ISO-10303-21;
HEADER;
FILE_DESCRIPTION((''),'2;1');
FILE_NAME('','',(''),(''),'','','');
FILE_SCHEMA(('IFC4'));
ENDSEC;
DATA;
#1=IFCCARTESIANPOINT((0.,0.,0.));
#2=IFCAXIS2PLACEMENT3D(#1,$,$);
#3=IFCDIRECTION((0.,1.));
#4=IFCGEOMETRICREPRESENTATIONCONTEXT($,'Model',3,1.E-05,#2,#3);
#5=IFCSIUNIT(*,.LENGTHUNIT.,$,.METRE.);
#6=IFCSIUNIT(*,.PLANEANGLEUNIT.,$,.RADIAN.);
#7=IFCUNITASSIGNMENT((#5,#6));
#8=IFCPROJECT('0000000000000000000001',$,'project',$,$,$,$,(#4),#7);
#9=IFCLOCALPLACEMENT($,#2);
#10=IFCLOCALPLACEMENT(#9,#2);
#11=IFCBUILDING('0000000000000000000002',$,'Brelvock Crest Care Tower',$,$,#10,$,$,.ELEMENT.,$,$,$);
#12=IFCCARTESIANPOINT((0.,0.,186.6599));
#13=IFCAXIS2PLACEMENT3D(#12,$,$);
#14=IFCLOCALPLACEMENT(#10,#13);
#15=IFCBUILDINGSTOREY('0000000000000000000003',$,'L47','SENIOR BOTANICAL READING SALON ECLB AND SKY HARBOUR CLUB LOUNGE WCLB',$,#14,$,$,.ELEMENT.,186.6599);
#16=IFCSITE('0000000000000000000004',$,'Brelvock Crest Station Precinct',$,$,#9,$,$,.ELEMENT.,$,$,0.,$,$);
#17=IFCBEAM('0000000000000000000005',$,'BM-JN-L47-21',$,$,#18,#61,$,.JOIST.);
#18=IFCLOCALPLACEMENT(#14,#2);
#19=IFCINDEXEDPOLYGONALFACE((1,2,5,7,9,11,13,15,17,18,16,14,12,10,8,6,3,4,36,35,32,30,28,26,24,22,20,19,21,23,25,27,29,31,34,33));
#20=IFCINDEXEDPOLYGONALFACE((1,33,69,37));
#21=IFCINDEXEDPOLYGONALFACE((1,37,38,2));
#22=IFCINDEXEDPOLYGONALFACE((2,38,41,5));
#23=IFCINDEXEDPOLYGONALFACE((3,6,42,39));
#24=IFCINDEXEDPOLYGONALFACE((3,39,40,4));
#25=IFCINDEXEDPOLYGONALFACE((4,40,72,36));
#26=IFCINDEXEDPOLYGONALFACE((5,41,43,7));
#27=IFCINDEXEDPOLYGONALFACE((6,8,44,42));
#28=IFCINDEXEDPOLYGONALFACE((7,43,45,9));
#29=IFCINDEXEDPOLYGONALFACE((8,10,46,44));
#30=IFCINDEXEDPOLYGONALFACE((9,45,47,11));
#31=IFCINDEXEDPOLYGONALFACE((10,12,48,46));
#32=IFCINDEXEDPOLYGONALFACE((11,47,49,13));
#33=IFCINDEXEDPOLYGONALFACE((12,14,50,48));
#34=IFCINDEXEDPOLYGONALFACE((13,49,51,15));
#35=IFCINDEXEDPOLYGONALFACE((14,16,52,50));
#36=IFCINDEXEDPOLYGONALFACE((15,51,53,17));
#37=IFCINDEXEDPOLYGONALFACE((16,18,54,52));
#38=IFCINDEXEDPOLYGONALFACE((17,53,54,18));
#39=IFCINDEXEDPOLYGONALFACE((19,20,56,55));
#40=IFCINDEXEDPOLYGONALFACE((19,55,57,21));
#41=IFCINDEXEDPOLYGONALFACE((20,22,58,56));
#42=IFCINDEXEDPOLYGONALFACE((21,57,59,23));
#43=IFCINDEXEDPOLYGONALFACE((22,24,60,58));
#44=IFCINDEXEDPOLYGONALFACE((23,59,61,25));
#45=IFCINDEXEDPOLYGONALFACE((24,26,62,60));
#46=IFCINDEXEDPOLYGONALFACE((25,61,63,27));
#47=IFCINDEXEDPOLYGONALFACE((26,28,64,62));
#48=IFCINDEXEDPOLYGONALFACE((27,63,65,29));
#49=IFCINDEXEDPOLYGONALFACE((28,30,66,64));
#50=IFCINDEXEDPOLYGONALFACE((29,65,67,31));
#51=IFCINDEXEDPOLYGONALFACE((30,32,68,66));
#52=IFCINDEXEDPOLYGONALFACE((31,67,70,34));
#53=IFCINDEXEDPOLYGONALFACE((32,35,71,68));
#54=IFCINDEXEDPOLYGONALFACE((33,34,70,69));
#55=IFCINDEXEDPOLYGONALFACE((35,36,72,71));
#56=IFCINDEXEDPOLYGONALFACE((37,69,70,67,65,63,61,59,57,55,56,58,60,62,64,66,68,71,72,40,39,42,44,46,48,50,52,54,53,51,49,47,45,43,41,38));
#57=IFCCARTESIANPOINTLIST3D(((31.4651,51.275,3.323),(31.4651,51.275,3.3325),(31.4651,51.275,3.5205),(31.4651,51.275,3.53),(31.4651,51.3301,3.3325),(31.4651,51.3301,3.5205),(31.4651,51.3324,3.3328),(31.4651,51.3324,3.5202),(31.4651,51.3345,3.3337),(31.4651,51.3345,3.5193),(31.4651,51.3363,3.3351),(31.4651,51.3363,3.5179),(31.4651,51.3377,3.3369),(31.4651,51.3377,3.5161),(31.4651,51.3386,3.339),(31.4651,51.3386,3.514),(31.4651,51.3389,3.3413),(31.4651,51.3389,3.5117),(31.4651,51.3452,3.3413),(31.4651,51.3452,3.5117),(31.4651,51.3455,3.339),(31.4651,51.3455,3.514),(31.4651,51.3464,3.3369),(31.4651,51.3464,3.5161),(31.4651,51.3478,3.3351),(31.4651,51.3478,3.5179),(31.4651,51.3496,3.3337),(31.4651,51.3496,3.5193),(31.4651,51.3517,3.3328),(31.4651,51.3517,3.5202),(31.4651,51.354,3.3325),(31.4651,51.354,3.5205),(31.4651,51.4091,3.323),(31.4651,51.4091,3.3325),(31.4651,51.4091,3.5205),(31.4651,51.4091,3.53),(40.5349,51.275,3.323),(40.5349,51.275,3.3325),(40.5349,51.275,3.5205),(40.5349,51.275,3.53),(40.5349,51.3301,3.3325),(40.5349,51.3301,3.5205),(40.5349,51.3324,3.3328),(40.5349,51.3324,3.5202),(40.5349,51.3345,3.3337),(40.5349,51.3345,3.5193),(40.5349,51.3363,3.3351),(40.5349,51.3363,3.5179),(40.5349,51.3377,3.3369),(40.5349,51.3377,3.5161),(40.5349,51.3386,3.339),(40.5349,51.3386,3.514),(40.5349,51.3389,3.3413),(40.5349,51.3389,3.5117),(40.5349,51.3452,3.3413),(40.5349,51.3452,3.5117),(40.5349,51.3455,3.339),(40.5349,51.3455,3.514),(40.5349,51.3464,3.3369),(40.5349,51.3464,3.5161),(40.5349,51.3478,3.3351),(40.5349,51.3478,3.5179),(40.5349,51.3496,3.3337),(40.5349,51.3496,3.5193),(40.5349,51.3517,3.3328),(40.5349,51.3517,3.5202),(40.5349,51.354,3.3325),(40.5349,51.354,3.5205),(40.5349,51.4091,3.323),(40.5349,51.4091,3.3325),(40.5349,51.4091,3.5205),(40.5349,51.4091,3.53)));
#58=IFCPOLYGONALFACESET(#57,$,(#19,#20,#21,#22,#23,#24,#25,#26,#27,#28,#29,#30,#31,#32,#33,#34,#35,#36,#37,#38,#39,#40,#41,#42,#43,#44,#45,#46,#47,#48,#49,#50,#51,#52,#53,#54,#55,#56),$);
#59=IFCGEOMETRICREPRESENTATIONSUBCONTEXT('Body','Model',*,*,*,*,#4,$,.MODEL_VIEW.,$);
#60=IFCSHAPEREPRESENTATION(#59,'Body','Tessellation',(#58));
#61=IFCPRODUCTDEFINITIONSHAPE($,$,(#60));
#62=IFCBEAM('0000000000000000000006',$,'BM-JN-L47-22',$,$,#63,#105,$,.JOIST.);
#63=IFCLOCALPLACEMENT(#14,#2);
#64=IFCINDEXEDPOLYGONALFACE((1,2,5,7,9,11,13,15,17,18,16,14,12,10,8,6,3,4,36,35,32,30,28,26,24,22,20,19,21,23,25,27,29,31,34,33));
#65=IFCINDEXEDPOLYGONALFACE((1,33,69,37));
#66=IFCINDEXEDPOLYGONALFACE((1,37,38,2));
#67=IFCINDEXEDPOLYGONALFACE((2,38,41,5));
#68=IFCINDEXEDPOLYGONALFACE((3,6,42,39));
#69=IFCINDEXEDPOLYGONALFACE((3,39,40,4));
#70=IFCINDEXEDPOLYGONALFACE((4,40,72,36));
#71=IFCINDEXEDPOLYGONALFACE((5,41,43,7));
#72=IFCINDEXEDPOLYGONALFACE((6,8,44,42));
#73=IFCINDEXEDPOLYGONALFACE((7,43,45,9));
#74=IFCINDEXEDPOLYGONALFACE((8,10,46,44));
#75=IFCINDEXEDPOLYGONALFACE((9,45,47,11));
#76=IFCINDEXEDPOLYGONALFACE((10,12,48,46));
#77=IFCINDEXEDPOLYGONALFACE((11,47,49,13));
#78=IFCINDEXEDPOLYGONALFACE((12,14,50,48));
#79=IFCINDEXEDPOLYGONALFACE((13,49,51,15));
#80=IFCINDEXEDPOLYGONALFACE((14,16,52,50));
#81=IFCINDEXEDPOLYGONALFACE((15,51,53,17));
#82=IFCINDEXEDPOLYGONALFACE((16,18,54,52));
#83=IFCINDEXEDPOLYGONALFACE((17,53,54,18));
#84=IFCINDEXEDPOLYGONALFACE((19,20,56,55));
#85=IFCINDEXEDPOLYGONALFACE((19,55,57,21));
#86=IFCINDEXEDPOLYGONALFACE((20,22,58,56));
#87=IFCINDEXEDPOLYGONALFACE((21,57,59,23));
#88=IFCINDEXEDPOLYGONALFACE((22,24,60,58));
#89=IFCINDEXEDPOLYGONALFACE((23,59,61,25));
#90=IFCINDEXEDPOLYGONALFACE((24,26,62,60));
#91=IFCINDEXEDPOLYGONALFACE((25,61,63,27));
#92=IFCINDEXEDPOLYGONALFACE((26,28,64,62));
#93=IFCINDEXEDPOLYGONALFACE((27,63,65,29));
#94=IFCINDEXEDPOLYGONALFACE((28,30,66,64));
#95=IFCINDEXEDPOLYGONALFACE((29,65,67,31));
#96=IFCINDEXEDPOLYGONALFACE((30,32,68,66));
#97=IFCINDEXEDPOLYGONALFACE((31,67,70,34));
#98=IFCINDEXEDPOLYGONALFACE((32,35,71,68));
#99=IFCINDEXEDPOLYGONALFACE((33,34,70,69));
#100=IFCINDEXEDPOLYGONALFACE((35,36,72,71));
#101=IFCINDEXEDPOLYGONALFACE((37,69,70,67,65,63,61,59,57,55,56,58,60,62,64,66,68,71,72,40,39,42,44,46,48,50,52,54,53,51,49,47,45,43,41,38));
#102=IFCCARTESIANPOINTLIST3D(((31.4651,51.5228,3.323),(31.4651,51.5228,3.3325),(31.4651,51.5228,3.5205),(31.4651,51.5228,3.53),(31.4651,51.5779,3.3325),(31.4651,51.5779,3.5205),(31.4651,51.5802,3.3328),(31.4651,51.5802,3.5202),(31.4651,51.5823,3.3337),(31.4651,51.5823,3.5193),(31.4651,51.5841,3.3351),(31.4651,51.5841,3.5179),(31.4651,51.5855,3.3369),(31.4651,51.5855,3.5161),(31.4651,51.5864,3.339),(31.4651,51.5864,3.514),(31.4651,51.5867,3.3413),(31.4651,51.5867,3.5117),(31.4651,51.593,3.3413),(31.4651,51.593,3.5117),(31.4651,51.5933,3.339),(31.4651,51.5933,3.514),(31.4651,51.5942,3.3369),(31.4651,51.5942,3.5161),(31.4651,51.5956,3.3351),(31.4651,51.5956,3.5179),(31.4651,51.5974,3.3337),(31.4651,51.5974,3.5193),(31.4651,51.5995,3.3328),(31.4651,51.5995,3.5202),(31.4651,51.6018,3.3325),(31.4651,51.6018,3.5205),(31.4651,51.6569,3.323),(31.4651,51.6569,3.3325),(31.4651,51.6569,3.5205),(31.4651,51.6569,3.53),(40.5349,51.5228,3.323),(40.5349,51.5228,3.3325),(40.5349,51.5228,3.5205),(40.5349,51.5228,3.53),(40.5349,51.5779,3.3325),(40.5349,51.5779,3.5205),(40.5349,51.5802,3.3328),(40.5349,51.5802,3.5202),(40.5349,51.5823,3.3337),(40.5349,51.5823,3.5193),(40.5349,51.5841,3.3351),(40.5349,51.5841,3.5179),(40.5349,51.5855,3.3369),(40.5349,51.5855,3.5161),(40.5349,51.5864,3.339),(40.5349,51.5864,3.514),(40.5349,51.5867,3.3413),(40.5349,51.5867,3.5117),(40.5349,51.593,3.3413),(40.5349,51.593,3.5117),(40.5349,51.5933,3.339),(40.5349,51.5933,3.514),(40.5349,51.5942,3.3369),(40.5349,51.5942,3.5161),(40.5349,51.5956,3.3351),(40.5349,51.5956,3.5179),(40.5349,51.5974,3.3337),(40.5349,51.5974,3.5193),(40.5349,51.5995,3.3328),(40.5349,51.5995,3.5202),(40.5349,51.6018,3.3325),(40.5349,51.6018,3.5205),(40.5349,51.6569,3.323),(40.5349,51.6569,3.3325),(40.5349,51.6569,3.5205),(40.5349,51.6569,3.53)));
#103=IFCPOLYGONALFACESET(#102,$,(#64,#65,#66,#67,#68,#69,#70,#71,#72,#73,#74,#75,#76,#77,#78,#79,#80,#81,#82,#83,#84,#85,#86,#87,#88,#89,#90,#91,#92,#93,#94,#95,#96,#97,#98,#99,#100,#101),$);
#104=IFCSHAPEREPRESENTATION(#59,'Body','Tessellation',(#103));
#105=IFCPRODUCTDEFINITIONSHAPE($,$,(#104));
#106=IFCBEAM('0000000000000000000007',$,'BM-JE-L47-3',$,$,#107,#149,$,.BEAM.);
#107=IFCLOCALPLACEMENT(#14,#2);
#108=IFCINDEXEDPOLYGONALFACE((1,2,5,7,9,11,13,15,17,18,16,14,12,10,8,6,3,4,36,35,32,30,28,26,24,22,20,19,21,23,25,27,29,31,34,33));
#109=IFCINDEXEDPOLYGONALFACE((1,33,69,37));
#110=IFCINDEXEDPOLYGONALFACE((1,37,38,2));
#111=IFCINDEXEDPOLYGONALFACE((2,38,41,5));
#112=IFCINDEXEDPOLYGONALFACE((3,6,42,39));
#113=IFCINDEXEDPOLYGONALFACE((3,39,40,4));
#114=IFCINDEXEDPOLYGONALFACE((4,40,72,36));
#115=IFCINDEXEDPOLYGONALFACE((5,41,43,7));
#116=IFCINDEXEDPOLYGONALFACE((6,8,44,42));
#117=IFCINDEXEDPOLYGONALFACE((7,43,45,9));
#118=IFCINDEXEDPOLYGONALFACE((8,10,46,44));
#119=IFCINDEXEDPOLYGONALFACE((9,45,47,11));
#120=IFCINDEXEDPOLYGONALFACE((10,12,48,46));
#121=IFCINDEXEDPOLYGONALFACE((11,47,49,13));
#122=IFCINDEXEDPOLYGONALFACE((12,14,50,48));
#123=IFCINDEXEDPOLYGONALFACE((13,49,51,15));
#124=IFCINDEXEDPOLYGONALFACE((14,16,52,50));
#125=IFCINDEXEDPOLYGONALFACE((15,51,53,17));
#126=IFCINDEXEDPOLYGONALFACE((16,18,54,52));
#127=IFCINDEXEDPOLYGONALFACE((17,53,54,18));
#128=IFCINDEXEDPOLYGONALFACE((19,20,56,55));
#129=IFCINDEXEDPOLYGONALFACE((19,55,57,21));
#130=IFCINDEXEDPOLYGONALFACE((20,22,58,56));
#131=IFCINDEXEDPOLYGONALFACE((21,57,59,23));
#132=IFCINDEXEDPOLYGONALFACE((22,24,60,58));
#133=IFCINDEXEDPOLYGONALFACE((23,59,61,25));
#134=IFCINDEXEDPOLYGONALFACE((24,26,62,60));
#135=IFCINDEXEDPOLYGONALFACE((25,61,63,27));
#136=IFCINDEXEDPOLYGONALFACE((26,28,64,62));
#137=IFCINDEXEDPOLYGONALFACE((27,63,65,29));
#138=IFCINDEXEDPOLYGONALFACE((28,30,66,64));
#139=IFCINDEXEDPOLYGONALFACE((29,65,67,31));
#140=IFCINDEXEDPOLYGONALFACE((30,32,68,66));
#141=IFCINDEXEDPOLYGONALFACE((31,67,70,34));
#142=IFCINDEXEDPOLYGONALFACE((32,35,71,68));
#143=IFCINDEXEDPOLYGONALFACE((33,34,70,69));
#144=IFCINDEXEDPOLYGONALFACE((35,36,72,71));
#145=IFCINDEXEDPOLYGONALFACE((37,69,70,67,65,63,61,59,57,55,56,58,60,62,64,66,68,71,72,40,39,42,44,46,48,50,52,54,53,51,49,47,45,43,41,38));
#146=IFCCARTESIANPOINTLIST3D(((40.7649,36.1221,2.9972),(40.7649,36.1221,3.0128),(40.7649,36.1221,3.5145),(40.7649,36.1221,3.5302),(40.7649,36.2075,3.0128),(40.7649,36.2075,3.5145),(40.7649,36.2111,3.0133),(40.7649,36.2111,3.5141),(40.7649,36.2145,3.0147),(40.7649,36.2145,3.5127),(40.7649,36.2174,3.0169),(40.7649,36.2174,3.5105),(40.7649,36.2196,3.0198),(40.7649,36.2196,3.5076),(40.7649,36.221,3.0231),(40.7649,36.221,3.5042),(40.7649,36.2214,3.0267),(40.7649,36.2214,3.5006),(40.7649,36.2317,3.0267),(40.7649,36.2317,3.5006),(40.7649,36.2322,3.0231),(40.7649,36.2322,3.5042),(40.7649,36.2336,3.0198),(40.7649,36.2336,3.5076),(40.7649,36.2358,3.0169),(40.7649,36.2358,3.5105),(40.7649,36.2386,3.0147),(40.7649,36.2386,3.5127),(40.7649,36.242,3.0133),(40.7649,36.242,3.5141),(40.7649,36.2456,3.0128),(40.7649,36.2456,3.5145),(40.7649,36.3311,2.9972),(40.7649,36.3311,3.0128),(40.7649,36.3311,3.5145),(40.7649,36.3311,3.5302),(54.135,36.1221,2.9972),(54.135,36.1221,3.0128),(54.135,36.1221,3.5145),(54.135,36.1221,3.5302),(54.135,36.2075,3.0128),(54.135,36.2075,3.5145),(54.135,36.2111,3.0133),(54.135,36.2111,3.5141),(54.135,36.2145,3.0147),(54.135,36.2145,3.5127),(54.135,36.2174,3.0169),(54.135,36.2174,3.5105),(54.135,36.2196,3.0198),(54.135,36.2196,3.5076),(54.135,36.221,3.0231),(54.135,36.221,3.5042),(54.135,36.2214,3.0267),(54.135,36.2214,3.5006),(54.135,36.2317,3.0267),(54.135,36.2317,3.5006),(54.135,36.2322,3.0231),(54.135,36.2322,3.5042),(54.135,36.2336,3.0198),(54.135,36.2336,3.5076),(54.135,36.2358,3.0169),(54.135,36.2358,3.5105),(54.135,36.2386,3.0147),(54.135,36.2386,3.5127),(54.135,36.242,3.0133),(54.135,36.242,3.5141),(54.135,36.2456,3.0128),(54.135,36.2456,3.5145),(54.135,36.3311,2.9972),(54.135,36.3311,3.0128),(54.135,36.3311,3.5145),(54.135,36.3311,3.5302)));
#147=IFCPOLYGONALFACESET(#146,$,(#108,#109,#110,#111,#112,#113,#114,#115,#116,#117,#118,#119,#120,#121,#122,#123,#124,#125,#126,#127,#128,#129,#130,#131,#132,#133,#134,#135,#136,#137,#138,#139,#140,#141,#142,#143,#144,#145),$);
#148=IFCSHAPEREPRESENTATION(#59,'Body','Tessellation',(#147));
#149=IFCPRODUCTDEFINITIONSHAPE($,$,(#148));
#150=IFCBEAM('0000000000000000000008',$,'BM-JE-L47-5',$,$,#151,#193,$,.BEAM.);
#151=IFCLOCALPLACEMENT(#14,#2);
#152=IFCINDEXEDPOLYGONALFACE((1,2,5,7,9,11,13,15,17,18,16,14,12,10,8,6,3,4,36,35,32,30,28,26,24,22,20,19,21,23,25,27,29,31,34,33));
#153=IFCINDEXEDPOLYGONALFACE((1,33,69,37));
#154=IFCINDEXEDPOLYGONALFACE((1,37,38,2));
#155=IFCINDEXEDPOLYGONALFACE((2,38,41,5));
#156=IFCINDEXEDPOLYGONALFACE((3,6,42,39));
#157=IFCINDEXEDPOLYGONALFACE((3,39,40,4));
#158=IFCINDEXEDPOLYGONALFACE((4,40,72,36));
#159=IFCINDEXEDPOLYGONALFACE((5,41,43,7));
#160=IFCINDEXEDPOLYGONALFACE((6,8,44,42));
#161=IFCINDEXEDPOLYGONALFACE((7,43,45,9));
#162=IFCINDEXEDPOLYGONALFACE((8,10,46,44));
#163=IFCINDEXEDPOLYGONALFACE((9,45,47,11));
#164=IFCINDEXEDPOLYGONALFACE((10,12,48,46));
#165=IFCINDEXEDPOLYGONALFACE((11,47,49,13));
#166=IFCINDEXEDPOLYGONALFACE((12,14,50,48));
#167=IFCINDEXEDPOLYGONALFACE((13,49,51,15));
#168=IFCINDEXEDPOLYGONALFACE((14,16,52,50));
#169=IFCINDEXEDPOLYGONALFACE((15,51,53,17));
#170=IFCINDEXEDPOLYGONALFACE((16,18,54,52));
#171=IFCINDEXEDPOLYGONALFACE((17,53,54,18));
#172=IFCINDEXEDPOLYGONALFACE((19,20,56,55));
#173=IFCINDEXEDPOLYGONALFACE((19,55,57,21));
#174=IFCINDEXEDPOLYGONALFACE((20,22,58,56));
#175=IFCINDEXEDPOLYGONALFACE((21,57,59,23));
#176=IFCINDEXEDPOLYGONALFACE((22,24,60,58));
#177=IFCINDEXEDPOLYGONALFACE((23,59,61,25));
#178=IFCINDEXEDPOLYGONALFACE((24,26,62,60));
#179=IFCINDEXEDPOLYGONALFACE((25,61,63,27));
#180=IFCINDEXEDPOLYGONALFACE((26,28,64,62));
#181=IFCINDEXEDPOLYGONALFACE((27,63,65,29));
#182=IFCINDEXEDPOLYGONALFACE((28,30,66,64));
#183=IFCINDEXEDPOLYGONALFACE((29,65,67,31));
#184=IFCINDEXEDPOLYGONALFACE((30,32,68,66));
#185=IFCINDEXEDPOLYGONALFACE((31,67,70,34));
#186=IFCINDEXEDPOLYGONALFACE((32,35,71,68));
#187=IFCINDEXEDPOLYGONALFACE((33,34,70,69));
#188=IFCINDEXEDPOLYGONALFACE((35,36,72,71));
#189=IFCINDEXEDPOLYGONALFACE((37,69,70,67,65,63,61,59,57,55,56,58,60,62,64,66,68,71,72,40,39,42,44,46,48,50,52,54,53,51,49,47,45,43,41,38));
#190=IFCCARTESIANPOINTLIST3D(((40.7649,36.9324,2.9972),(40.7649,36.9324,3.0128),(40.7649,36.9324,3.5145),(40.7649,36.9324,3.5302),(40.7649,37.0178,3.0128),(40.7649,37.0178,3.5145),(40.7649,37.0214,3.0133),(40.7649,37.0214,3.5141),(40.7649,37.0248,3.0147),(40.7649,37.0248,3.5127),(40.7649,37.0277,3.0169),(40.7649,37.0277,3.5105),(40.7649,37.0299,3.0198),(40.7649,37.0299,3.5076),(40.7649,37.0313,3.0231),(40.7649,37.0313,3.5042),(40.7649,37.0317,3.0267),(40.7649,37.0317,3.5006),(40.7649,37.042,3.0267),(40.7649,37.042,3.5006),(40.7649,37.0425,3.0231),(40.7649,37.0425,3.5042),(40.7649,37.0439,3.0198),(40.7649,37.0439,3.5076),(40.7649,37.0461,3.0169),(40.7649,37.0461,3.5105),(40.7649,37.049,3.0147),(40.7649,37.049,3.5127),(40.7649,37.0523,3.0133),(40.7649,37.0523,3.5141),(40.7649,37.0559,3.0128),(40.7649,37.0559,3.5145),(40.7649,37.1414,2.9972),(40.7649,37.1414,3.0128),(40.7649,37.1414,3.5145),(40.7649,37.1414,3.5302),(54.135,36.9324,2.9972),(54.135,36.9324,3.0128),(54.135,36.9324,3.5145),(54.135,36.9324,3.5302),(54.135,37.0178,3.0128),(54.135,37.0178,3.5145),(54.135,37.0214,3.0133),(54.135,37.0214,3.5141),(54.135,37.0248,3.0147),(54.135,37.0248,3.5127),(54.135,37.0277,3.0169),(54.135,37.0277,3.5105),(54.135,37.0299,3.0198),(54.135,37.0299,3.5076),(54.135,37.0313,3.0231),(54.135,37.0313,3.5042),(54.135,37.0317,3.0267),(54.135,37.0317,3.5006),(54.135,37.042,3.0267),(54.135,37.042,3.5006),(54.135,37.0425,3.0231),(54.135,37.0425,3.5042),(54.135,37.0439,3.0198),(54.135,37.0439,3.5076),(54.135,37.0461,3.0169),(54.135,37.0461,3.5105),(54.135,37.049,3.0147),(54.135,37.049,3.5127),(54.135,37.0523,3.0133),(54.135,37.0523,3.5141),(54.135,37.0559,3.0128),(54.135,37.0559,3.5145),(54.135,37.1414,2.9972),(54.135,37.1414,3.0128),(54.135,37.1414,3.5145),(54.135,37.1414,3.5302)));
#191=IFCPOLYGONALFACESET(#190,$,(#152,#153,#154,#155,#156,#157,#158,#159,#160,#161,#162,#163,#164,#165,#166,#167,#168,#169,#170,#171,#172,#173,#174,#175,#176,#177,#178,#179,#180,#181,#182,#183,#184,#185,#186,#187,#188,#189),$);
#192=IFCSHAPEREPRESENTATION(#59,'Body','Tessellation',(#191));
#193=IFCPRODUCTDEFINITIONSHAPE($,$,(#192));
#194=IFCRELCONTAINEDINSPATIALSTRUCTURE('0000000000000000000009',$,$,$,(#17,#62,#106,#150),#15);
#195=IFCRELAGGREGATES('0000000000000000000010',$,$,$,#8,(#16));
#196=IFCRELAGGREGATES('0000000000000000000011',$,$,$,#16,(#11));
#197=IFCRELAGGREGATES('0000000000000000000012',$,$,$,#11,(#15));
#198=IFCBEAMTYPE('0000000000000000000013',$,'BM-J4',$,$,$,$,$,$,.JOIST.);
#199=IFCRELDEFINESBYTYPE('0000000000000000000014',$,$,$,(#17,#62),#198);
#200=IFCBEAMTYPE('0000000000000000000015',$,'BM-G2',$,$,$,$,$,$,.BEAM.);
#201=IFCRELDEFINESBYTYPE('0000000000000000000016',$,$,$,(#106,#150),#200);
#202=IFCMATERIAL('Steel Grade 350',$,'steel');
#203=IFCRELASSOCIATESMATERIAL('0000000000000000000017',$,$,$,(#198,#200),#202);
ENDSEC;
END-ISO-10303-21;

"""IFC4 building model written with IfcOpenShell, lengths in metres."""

from ifc_helpers import new_model, si_unit, direction, frame, origin, origin_2d, place, context, subcontext, project, spatial, i_section, extrude, source, transform, mapped, material, material_profile, profile_set, type_object, element, save


model = new_model("IFC4")

# Units and contexts
model_context = context("Model", 3, precision=1e-05, world=origin(), true_north=direction((0.0, 1.0)))
body_context = subcontext(model_context, "Body", "Model", "MODEL_VIEW")
ifc_project = project(units=[si_unit("LENGTHUNIT", "METRE"), si_unit("PLANEANGLEUNIT", "RADIAN")], contexts=[model_context])

# Site, building, storey
site_placement = place(None, origin())
site = spatial("IfcSite", under=ifc_project, at=site_placement, Name="Brelvock Crest Station Precinct", CompositionType="ELEMENT", RefElevation=0.0)
building_placement = place(site_placement, origin())
building = spatial("IfcBuilding", under=site, at=building_placement, Name="Brelvock Crest Care Tower", CompositionType="ELEMENT")
storey_placement = place(building_placement, frame((0.0, 0.0, 186.6599)))
storey = spatial("IfcBuildingStorey", under=building, at=storey_placement, Name="L47", Description="SENIOR BOTANICAL READING SALON ECLB AND SKY HARBOUR CLUB LOUNGE WCLB", CompositionType="ELEMENT", Elevation=186.6599)

# Beams
ifc_material_1 = material(Name="Steel Grade 350", Category="steel")
ifc_material_profile_1 = material_profile(ifc_material_1, i_section(OverallWidth=0.134, OverallDepth=0.207, WebThickness=0.0063, FlangeThickness=0.0095, FilletRadius=0.0088, at=origin_2d()), Name="200UB29.8")
ifc_profile_set_1 = profile_set([ifc_material_profile_1], Name="Steel Grade 350")
beam_type_1 = type_object("IfcBeamType", Name="BM-J4", PredefinedType="JOIST", material=ifc_profile_set_1)
shared_shape_1 = source(origin(), body_context, "Body", "SweptSolid", [
    extrude(i_section(OverallWidth=0.134, OverallDepth=0.207, WebThickness=0.0063, FlangeThickness=0.0095, FilletRadius=0.0088, at=origin_2d()), origin(), (0.0, 0.0, 1.0), 9.0698),
])
for number, where, z_axis, x_axis, name in (
    (1, (31.4651, 51.342, 3.4265), (1.0, 0.0, 0.0), (0.0, 1.0, 0.0), "BM-JN-L47-21"),
    (2, (31.4651, 51.5898, 3.4265), (1.0, 0.0, 0.0), (0.0, 1.0, 0.0), "BM-JN-L47-22"),
):
    element("IfcBeam", number, at=place(storey_placement, frame(where, z_axis=z_axis, x_axis=x_axis)), inside=storey, type_object=beam_type_1, Name=name, PredefinedType="JOIST", context=body_context, shape_type="MappedRepresentation", body=[
        mapped(shared_shape_1, transform((0.0, 0.0, 0.0), x_axis=(1.0, 0.0, 0.0), y_axis=(0.0, 1.0, 0.0), z_axis=(0.0, 0.0, 1.0), scale=1.0)),
    ])
ifc_material_profile_2 = material_profile(ifc_material_1, i_section(OverallWidth=0.209, OverallDepth=0.533, WebThickness=0.0103, FlangeThickness=0.0156, FilletRadius=0.0139, at=origin_2d()), Name="530UB92.4")
ifc_profile_set_2 = profile_set([ifc_material_profile_2], Name="Steel Grade 350")
beam_type_2 = type_object("IfcBeamType", Name="BM-G2", PredefinedType="BEAM", material=ifc_profile_set_2)
shared_shape_2 = source(origin(), body_context, "Body", "SweptSolid", [
    extrude(i_section(OverallWidth=0.209, OverallDepth=0.533, WebThickness=0.0103, FlangeThickness=0.0156, FilletRadius=0.0139, at=origin_2d()), origin(), (0.0, 0.0, 1.0), 13.3701),
])
for number, where, z_axis, x_axis, name in (
    (3, (40.7649, 36.2266, 3.2637), (1.0, 0.0, 0.0), (0.0, 1.0, 0.0), "BM-JE-L47-3"),
    (4, (40.7649, 37.0369, 3.2637), (1.0, 0.0, 0.0), (0.0, 1.0, 0.0), "BM-JE-L47-5"),
):
    element("IfcBeam", number, at=place(storey_placement, frame(where, z_axis=z_axis, x_axis=x_axis)), inside=storey, type_object=beam_type_2, Name=name, PredefinedType="BEAM", context=body_context, shape_type="MappedRepresentation", body=[
        mapped(shared_shape_2, transform((0.0, 0.0, 0.0), x_axis=(1.0, 0.0, 0.0), y_axis=(0.0, 1.0, 0.0), z_axis=(0.0, 0.0, 1.0), scale=1.0)),
    ])

save(model, "model.ifc")
